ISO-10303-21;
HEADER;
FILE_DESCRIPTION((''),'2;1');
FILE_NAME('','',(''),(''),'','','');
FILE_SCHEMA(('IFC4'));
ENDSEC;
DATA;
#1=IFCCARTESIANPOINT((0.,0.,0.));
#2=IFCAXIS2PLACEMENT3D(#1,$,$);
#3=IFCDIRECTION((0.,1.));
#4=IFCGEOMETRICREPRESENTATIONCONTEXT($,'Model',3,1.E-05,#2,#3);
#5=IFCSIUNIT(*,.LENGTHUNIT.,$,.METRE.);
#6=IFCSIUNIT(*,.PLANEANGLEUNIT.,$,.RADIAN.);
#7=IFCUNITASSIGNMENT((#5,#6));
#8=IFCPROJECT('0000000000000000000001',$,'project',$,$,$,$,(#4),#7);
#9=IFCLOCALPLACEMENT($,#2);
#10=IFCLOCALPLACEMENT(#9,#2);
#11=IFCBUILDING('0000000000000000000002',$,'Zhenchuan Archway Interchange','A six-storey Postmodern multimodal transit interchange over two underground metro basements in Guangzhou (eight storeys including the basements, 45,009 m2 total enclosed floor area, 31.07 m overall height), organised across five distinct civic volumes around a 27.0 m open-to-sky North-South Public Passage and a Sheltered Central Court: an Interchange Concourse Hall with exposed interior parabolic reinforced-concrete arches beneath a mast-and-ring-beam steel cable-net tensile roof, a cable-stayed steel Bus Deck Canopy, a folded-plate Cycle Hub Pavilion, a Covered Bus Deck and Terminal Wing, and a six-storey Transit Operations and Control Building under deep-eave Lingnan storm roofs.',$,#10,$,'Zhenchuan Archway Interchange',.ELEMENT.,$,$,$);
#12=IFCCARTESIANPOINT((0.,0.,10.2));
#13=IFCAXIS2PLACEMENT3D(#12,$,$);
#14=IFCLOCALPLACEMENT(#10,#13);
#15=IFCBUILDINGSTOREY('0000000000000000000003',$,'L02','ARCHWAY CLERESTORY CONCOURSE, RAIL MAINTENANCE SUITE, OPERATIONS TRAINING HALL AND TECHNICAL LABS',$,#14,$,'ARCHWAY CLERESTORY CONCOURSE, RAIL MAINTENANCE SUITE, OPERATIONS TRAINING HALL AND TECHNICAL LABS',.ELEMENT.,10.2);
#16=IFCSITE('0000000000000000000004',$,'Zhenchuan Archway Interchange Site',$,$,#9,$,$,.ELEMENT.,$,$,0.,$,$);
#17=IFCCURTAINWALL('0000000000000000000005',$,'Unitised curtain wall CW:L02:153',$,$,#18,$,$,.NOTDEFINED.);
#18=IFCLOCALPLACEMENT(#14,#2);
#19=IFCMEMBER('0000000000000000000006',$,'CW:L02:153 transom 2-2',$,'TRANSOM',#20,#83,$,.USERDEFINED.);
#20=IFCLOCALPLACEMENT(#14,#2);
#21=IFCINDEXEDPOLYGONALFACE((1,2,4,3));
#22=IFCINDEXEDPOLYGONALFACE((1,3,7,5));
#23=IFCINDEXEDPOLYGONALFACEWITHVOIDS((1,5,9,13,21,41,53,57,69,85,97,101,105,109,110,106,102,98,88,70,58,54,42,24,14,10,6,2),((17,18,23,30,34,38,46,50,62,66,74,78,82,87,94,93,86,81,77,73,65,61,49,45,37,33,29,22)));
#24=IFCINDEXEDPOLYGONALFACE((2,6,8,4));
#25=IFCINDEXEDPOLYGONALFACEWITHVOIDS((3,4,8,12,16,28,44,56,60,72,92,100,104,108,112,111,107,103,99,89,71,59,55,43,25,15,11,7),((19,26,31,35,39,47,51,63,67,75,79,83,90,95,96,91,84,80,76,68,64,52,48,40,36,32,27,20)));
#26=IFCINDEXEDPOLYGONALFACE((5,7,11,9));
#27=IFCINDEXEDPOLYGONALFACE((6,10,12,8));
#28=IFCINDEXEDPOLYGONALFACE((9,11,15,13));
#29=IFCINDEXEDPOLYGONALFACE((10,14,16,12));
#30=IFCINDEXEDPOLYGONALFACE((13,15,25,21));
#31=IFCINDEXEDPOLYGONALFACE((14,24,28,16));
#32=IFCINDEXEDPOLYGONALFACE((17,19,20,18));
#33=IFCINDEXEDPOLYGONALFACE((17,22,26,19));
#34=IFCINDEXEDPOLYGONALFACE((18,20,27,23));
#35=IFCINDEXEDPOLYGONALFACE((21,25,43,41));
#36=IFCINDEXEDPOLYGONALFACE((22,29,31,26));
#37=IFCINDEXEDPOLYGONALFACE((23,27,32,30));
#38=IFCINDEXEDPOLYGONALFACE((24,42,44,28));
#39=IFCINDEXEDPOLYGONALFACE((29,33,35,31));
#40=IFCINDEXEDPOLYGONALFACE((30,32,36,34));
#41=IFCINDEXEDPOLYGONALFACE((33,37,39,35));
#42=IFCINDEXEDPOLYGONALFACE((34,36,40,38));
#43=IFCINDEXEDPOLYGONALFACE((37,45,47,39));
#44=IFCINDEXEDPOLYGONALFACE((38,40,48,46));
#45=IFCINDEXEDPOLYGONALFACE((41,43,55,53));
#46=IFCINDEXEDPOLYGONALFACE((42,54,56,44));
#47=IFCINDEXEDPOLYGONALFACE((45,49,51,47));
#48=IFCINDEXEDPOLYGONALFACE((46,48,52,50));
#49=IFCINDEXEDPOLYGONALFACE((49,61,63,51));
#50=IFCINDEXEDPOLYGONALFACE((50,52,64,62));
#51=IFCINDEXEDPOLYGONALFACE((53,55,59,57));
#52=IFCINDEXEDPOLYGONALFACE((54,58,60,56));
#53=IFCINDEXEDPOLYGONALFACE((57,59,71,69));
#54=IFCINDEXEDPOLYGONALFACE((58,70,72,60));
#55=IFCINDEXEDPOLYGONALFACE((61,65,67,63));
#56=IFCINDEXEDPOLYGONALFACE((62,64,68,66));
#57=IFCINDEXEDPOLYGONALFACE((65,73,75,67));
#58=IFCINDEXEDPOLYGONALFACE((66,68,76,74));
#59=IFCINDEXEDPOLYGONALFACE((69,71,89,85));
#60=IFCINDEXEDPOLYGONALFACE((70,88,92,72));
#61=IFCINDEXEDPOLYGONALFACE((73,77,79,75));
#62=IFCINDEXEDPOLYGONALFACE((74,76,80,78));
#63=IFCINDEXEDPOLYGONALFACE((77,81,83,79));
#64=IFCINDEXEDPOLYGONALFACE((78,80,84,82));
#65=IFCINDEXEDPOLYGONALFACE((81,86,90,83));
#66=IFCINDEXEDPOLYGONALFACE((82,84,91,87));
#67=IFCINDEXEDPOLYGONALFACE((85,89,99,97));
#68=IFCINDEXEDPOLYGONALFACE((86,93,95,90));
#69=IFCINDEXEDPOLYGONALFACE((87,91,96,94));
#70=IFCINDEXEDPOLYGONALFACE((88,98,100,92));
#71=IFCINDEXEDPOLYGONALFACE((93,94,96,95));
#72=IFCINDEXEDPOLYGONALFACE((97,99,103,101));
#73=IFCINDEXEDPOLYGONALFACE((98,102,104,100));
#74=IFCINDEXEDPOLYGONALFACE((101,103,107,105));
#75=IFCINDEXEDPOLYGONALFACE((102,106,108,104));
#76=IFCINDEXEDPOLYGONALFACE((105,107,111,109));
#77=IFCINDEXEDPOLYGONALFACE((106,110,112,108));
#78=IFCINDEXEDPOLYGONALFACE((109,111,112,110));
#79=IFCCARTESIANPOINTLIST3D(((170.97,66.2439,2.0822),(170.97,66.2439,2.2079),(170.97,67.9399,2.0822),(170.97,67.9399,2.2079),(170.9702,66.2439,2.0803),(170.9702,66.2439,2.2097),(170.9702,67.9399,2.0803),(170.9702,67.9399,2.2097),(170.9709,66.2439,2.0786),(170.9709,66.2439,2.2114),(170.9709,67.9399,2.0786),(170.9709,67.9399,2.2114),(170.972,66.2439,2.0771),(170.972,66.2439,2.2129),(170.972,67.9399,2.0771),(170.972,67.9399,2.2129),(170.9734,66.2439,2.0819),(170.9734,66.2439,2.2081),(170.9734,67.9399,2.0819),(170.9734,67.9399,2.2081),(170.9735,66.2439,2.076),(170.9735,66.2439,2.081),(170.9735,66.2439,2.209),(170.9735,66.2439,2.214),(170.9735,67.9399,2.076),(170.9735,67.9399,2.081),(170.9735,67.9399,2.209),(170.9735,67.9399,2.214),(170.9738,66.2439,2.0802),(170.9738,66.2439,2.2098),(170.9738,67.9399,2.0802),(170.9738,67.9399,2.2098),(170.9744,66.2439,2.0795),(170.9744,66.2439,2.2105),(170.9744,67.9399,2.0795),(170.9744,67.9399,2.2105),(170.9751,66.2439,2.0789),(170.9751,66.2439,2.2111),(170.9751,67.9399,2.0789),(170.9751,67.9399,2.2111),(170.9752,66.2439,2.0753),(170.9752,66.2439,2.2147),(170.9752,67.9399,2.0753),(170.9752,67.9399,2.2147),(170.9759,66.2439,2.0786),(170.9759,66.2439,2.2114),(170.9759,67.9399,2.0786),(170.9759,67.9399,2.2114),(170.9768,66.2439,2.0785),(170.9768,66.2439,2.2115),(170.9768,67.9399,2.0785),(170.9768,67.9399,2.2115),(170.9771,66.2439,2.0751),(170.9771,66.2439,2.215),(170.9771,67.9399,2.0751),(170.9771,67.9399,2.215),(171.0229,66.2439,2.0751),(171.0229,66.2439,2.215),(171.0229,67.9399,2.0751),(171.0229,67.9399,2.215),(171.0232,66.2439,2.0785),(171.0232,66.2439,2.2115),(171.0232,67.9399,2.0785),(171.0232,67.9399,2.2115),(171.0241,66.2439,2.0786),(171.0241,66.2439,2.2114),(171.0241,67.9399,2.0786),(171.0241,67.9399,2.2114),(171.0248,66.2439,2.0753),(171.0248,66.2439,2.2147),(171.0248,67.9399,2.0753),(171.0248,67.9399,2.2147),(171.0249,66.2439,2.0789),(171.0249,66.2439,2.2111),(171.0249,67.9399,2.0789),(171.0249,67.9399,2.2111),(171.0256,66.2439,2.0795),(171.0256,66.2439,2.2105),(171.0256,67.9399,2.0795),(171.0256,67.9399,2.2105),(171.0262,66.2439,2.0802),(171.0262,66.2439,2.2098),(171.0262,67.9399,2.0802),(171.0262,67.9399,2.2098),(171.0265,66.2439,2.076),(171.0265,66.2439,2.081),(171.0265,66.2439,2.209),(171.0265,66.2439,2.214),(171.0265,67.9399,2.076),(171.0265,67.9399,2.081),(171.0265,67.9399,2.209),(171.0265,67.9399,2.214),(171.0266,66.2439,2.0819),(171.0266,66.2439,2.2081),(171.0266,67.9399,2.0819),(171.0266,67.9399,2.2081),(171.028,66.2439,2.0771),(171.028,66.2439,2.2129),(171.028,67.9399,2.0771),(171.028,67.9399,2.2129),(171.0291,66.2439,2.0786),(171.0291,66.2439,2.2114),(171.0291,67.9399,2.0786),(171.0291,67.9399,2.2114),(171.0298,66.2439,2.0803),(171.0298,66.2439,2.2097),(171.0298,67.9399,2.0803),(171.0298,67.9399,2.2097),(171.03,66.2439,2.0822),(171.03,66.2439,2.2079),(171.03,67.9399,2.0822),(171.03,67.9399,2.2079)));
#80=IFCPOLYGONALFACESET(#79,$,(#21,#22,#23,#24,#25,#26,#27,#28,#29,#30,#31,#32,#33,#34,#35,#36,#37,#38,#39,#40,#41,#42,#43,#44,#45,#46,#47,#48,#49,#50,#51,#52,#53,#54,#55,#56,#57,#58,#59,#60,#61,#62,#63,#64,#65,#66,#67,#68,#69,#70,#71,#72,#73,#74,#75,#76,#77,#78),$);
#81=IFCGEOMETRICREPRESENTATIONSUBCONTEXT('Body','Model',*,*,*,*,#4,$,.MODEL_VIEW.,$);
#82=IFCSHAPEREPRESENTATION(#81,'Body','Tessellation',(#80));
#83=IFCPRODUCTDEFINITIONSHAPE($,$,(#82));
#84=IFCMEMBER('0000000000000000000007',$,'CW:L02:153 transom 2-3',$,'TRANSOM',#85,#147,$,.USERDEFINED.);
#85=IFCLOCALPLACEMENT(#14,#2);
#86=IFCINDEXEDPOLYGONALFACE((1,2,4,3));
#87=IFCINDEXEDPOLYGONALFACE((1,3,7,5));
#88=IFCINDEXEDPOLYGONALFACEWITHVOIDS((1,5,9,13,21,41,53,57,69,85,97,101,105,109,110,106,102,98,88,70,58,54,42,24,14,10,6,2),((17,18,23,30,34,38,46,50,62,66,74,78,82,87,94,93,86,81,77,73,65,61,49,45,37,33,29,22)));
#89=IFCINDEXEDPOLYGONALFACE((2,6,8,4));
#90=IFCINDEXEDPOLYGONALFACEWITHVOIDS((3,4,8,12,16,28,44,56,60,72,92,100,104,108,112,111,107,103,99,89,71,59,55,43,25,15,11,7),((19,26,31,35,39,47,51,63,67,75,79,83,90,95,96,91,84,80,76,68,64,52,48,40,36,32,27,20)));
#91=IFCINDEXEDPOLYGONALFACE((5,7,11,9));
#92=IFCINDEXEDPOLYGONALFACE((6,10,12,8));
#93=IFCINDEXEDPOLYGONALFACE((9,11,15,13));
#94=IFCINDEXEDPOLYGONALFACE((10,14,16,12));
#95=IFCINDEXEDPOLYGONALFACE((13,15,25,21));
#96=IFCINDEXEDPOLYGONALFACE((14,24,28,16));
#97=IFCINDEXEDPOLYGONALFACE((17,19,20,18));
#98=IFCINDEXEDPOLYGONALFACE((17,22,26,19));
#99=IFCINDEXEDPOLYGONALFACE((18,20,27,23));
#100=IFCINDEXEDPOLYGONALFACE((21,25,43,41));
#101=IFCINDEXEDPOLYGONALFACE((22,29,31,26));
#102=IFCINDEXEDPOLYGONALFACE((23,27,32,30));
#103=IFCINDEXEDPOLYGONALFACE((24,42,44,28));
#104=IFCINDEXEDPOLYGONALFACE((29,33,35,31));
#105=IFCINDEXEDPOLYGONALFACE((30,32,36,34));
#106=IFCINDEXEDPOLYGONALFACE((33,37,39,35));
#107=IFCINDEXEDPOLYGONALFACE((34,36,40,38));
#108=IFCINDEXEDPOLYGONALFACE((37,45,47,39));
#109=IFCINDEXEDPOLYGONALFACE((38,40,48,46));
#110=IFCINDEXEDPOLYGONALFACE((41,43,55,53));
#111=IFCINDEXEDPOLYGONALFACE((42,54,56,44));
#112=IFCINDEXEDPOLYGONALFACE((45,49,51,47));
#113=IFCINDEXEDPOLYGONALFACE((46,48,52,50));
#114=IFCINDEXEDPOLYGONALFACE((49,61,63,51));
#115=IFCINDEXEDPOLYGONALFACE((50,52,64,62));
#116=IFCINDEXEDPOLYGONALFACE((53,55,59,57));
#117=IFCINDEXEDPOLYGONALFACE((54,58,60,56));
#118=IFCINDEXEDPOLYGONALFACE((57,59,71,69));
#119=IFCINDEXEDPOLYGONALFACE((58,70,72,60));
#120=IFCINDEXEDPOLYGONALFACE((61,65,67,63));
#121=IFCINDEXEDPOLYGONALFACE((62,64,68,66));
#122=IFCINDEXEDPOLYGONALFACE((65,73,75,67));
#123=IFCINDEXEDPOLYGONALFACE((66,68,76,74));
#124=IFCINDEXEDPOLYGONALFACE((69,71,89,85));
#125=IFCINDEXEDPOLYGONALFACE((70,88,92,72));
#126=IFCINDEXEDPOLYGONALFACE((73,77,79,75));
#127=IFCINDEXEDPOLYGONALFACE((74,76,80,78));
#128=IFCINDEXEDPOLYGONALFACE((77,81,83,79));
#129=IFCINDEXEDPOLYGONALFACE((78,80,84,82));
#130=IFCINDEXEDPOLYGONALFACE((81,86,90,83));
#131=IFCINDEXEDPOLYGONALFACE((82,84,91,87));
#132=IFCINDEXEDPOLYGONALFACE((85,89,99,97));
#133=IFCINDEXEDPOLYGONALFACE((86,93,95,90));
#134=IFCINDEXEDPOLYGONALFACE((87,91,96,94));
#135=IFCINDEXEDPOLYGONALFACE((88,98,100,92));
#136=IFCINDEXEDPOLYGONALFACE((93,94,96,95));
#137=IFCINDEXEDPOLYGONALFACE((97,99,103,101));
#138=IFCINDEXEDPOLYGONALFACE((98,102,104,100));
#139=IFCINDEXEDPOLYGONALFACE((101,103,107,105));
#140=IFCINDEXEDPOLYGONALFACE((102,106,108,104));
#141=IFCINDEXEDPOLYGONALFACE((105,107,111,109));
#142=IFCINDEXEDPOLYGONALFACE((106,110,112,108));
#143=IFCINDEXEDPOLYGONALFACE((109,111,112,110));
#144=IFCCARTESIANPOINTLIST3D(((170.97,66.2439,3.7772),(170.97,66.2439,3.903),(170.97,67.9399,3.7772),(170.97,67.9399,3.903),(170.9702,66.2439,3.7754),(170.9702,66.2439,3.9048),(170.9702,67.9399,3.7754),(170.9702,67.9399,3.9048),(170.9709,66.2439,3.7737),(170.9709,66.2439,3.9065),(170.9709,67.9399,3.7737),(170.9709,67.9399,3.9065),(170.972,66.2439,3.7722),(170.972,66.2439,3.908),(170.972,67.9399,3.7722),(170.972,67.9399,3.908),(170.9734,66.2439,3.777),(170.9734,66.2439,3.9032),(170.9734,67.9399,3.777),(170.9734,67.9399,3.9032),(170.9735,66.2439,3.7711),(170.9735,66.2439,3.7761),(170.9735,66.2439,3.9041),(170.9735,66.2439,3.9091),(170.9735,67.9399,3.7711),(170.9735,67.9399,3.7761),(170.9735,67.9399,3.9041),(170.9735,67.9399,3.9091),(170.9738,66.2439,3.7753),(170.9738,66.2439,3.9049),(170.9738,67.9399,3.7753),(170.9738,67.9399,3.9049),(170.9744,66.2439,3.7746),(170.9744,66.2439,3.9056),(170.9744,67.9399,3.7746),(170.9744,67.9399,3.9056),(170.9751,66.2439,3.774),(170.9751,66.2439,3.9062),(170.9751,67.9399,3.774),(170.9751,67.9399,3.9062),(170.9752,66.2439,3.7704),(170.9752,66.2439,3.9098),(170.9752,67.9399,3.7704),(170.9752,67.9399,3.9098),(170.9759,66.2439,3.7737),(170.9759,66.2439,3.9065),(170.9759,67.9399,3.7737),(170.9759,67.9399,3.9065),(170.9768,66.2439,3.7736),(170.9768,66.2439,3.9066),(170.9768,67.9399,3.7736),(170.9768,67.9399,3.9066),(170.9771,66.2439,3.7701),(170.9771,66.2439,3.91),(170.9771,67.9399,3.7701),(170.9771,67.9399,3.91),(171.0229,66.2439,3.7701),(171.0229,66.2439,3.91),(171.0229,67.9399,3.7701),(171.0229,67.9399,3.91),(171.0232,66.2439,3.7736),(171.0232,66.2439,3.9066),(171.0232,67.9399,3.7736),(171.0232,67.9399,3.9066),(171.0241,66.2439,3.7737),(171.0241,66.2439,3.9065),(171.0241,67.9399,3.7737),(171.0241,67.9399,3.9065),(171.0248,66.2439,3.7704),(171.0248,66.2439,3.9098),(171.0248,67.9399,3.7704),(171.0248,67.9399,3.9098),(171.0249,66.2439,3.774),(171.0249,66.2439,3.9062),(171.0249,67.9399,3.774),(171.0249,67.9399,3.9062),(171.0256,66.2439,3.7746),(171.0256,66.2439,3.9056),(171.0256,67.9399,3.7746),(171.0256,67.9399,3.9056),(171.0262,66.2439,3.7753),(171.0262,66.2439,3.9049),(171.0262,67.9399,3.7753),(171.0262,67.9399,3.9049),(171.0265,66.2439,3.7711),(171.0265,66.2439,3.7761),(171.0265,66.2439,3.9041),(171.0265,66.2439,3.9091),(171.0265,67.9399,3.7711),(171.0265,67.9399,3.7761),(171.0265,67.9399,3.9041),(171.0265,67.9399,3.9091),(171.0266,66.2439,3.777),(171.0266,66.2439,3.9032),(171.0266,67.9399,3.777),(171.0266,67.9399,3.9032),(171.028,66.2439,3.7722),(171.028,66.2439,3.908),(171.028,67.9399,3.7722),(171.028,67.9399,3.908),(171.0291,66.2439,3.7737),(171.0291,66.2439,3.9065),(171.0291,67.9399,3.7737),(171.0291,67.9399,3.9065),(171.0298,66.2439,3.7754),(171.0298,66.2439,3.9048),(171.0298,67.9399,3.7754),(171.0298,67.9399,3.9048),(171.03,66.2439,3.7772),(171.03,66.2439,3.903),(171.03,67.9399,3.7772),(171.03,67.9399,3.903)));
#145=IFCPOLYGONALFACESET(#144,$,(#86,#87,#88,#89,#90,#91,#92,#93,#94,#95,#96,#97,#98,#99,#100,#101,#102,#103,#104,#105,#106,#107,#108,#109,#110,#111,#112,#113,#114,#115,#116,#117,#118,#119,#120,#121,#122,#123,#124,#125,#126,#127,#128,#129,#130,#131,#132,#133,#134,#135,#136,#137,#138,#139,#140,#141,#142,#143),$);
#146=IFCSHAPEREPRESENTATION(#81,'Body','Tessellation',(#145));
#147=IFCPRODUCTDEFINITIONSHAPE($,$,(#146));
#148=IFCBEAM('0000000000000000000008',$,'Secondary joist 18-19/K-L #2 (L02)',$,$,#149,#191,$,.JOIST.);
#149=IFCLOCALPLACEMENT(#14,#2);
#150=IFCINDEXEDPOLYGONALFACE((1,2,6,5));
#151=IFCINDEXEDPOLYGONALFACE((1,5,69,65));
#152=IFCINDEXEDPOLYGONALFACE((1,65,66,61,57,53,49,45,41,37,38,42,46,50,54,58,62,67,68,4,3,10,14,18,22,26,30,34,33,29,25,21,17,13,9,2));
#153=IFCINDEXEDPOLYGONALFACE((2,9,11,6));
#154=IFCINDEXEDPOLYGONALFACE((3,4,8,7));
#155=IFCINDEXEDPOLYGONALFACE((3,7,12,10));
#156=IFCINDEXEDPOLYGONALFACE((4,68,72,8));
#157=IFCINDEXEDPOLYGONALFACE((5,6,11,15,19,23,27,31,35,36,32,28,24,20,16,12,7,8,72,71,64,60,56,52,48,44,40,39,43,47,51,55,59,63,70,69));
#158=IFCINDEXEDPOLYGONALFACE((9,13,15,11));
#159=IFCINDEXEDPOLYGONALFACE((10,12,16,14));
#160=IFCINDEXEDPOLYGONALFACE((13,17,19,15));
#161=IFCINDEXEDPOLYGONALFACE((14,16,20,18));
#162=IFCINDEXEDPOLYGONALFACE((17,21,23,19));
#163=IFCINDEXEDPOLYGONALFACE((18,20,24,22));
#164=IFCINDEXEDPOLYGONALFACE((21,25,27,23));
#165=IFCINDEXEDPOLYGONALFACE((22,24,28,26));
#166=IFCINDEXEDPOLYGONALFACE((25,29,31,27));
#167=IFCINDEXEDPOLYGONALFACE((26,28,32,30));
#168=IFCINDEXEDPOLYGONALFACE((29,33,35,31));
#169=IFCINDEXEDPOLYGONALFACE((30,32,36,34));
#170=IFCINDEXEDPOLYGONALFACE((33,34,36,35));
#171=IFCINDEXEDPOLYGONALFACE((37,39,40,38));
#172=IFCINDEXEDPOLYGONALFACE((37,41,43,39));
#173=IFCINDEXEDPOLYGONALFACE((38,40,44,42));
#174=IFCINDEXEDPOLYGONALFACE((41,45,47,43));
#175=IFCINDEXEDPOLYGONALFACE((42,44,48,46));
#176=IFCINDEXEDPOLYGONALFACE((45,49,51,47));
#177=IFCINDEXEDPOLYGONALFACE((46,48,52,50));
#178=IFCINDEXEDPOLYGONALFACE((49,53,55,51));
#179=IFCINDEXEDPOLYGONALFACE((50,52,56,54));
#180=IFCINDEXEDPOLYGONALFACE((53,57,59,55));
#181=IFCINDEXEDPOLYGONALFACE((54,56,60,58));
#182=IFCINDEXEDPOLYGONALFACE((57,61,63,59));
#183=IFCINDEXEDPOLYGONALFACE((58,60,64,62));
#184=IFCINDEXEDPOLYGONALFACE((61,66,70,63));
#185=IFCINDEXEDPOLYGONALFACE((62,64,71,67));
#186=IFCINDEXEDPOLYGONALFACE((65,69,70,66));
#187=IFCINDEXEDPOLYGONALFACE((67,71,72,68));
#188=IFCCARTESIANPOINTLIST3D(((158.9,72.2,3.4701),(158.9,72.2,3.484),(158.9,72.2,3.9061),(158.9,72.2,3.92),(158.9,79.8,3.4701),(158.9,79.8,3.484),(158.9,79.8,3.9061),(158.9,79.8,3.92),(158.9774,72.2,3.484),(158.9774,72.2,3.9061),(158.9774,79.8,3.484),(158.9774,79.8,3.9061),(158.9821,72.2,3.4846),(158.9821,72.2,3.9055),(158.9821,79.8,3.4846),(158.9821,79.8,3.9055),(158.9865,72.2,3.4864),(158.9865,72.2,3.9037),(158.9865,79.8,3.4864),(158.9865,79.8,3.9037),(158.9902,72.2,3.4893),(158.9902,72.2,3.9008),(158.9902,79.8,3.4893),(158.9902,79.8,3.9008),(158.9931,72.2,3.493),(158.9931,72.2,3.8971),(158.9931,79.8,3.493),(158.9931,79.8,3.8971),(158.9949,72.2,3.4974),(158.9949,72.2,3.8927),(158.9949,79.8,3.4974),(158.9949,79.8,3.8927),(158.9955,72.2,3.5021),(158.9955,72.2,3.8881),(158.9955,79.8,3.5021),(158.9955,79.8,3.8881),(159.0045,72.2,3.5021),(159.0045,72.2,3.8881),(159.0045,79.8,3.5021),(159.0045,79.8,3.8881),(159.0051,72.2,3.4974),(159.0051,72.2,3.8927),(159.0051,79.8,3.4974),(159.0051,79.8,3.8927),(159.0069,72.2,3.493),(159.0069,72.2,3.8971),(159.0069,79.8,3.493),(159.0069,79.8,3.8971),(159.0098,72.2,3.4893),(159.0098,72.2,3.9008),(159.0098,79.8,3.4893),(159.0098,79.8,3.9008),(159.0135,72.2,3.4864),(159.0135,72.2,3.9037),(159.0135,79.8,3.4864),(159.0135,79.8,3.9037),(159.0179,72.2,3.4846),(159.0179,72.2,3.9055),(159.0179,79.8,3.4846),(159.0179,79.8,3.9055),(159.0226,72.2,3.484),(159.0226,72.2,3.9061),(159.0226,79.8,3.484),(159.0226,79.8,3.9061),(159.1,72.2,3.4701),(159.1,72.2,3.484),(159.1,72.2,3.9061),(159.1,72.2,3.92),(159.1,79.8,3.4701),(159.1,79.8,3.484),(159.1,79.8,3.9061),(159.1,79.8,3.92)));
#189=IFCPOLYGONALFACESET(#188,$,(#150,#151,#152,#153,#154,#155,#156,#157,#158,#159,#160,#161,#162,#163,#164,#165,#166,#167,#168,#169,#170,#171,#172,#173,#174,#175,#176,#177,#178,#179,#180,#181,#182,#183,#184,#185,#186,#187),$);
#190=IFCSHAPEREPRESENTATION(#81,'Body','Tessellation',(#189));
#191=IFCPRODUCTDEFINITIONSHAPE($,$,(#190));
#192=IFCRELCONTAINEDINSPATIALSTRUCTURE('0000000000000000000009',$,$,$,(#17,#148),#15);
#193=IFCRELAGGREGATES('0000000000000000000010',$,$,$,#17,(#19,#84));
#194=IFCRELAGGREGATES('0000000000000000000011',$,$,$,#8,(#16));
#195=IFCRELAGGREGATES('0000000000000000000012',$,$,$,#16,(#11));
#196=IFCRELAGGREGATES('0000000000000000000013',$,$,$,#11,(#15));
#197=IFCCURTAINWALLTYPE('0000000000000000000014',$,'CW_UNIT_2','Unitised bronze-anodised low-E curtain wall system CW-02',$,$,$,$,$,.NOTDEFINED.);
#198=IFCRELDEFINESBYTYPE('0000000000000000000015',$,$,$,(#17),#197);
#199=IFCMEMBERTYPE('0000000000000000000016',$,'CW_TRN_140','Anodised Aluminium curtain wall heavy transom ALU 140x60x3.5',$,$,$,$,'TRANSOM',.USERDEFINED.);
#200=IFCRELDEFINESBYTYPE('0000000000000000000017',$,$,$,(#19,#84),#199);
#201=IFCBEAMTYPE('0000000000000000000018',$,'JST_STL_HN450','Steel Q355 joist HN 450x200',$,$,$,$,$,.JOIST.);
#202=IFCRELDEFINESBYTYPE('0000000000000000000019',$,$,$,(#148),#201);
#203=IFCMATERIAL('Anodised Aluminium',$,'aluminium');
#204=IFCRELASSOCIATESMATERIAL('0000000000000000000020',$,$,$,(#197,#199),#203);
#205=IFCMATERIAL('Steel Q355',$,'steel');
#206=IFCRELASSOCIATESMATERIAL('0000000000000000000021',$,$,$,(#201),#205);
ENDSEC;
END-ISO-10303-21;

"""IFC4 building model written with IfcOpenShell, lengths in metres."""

from ifc_helpers import new_model, si_unit, direction, frame, origin, origin_2d, place, context, subcontext, project, spatial, hollow_rectangle, i_section, extrude, material, material_profile, profile_set, type_object, element, aggregate, save


model = new_model("IFC4")

# Units and contexts
model_context = context("Model", 3, precision=1e-05, world=origin(), true_north=direction((0.0, 1.0)))
body_context = subcontext(model_context, "Body", "Model", "MODEL_VIEW")
ifc_project = project(units=[si_unit("LENGTHUNIT", "METRE"), si_unit("PLANEANGLEUNIT", "RADIAN")], contexts=[model_context])

# Site, building, storey
site_placement = place(None, origin())
site = spatial("IfcSite", under=ifc_project, at=site_placement, Name="Zhenchuan Archway Interchange Site", CompositionType="ELEMENT", RefElevation=0.0)
building_placement = place(site_placement, origin())
building = spatial("IfcBuilding", under=site, at=building_placement, Name="Zhenchuan Archway Interchange", Description="A six-storey Postmodern multimodal transit interchange over two underground metro basements in Guangzhou (eight storeys including the basements, 45,009 m2 total enclosed floor area, 31.07 m overall height), organised across five distinct civic volumes around a 27.0 m open-to-sky North-South Public Passage and a Sheltered Central Court: an Interchange Concourse Hall with exposed interior parabolic reinforced-concrete arches beneath a mast-and-ring-beam steel cable-net tensile roof, a cable-stayed steel Bus Deck Canopy, a folded-plate Cycle Hub Pavilion, a Covered Bus Deck and Terminal Wing, and a six-storey Transit Operations and Control Building under deep-eave Lingnan storm roofs.", LongName="Zhenchuan Archway Interchange", CompositionType="ELEMENT")
storey_placement = place(building_placement, frame((0.0, 0.0, 10.2)))
storey = spatial("IfcBuildingStorey", under=building, at=storey_placement, Name="L02", Description="ARCHWAY CLERESTORY CONCOURSE, RAIL MAINTENANCE SUITE, OPERATIONS TRAINING HALL AND TECHNICAL LABS", LongName="ARCHWAY CLERESTORY CONCOURSE, RAIL MAINTENANCE SUITE, OPERATIONS TRAINING HALL AND TECHNICAL LABS", CompositionType="ELEMENT", Elevation=10.2)

# Curtain wall, members
ifc_material_1 = material(Name="Anodised Aluminium", Category="aluminium")
curtain_wall_type = type_object("IfcCurtainWallType", Name="CW_UNIT_2", Description="Unitised bronze-anodised low-E curtain wall system CW-02", PredefinedType="NOTDEFINED", material=ifc_material_1)
curtain_wall_placement = place(storey_placement, origin())
curtain_wall = element("IfcCurtainWall", 1, at=curtain_wall_placement, inside=storey, type_object=curtain_wall_type, Name="Unitised curtain wall CW:L02:153", PredefinedType="NOTDEFINED")
ifc_material_profile_1 = material_profile(ifc_material_1, hollow_rectangle(XDim=0.0601, YDim=0.1399, WallThickness=0.0034, InnerFilletRadius=0.0034, OuterFilletRadius=0.0071, at=origin_2d()), Name="ALU 140x60x3.5")
ifc_profile_set_1 = profile_set([ifc_material_profile_1], Name="Anodised Aluminium")
member_type_1 = type_object("IfcMemberType", Name="CW_TRN_140", Description="Anodised Aluminium curtain wall heavy transom ALU 140x60x3.5", ElementType="TRANSOM", PredefinedType="USERDEFINED", material=ifc_profile_set_1)
member_1_placement = place(storey_placement, frame((171.0, 67.9399, 2.145), z_axis=(0.0, -1.0, 0.0), x_axis=(1.0, 0.0, 0.0)))
member_1 = element("IfcMember", 2, at=member_1_placement, type_object=member_type_1, Name="CW:L02:153 transom 2-2", ObjectType="TRANSOM", PredefinedType="USERDEFINED", context=body_context, shape_type="SweptSolid", body=[
    extrude(hollow_rectangle(XDim=0.0601, YDim=0.1399, WallThickness=0.0034, InnerFilletRadius=0.0034, OuterFilletRadius=0.0071, at=origin_2d()), origin(), (0.0, 0.0, 1.0), 1.696),
])
member_2_placement = place(storey_placement, frame((171.0, 67.9399, 3.8401), z_axis=(0.0, -1.0, 0.0), x_axis=(1.0, 0.0, 0.0)))
member_2 = element("IfcMember", 3, at=member_2_placement, type_object=member_type_1, Name="CW:L02:153 transom 2-3", ObjectType="TRANSOM", PredefinedType="USERDEFINED", context=body_context, shape_type="SweptSolid", body=[
    extrude(hollow_rectangle(XDim=0.0601, YDim=0.1399, WallThickness=0.0034, InnerFilletRadius=0.0034, OuterFilletRadius=0.0071, at=origin_2d()), origin(), (0.0, 0.0, 1.0), 1.696),
])

# Beam
ifc_material_2 = material(Name="Steel Q355", Category="steel")
ifc_material_profile_2 = material_profile(ifc_material_2, i_section(OverallWidth=0.2, OverallDepth=0.45, WebThickness=0.009, FlangeThickness=0.0139, FilletRadius=0.0181, at=origin_2d()), Name="HN 450x200")
ifc_profile_set_2 = profile_set([ifc_material_profile_2], Name="Steel Q355")
beam_type_1 = type_object("IfcBeamType", Name="JST_STL_HN450", Description="Steel Q355 joist HN 450x200", PredefinedType="JOIST", material=ifc_profile_set_2)
beam_1_placement = place(storey_placement, frame((159.0, 72.2, 3.6951), z_axis=(0.0, 1.0, 0.0), x_axis=(-1.0, 0.0, 0.0)))
element("IfcBeam", 4, at=beam_1_placement, inside=storey, type_object=beam_type_1, Name="Secondary joist 18-19/K-L #2 (L02)", PredefinedType="JOIST", context=body_context, shape_type="SweptSolid", body=[
    extrude(i_section(OverallWidth=0.2, OverallDepth=0.45, WebThickness=0.009, FlangeThickness=0.0139, FilletRadius=0.0181, at=origin_2d()), origin(), (0.0, 0.0, 1.0), 7.6001),
])

aggregate(curtain_wall, [member_1, member_2])

save(model, "model.ifc")
